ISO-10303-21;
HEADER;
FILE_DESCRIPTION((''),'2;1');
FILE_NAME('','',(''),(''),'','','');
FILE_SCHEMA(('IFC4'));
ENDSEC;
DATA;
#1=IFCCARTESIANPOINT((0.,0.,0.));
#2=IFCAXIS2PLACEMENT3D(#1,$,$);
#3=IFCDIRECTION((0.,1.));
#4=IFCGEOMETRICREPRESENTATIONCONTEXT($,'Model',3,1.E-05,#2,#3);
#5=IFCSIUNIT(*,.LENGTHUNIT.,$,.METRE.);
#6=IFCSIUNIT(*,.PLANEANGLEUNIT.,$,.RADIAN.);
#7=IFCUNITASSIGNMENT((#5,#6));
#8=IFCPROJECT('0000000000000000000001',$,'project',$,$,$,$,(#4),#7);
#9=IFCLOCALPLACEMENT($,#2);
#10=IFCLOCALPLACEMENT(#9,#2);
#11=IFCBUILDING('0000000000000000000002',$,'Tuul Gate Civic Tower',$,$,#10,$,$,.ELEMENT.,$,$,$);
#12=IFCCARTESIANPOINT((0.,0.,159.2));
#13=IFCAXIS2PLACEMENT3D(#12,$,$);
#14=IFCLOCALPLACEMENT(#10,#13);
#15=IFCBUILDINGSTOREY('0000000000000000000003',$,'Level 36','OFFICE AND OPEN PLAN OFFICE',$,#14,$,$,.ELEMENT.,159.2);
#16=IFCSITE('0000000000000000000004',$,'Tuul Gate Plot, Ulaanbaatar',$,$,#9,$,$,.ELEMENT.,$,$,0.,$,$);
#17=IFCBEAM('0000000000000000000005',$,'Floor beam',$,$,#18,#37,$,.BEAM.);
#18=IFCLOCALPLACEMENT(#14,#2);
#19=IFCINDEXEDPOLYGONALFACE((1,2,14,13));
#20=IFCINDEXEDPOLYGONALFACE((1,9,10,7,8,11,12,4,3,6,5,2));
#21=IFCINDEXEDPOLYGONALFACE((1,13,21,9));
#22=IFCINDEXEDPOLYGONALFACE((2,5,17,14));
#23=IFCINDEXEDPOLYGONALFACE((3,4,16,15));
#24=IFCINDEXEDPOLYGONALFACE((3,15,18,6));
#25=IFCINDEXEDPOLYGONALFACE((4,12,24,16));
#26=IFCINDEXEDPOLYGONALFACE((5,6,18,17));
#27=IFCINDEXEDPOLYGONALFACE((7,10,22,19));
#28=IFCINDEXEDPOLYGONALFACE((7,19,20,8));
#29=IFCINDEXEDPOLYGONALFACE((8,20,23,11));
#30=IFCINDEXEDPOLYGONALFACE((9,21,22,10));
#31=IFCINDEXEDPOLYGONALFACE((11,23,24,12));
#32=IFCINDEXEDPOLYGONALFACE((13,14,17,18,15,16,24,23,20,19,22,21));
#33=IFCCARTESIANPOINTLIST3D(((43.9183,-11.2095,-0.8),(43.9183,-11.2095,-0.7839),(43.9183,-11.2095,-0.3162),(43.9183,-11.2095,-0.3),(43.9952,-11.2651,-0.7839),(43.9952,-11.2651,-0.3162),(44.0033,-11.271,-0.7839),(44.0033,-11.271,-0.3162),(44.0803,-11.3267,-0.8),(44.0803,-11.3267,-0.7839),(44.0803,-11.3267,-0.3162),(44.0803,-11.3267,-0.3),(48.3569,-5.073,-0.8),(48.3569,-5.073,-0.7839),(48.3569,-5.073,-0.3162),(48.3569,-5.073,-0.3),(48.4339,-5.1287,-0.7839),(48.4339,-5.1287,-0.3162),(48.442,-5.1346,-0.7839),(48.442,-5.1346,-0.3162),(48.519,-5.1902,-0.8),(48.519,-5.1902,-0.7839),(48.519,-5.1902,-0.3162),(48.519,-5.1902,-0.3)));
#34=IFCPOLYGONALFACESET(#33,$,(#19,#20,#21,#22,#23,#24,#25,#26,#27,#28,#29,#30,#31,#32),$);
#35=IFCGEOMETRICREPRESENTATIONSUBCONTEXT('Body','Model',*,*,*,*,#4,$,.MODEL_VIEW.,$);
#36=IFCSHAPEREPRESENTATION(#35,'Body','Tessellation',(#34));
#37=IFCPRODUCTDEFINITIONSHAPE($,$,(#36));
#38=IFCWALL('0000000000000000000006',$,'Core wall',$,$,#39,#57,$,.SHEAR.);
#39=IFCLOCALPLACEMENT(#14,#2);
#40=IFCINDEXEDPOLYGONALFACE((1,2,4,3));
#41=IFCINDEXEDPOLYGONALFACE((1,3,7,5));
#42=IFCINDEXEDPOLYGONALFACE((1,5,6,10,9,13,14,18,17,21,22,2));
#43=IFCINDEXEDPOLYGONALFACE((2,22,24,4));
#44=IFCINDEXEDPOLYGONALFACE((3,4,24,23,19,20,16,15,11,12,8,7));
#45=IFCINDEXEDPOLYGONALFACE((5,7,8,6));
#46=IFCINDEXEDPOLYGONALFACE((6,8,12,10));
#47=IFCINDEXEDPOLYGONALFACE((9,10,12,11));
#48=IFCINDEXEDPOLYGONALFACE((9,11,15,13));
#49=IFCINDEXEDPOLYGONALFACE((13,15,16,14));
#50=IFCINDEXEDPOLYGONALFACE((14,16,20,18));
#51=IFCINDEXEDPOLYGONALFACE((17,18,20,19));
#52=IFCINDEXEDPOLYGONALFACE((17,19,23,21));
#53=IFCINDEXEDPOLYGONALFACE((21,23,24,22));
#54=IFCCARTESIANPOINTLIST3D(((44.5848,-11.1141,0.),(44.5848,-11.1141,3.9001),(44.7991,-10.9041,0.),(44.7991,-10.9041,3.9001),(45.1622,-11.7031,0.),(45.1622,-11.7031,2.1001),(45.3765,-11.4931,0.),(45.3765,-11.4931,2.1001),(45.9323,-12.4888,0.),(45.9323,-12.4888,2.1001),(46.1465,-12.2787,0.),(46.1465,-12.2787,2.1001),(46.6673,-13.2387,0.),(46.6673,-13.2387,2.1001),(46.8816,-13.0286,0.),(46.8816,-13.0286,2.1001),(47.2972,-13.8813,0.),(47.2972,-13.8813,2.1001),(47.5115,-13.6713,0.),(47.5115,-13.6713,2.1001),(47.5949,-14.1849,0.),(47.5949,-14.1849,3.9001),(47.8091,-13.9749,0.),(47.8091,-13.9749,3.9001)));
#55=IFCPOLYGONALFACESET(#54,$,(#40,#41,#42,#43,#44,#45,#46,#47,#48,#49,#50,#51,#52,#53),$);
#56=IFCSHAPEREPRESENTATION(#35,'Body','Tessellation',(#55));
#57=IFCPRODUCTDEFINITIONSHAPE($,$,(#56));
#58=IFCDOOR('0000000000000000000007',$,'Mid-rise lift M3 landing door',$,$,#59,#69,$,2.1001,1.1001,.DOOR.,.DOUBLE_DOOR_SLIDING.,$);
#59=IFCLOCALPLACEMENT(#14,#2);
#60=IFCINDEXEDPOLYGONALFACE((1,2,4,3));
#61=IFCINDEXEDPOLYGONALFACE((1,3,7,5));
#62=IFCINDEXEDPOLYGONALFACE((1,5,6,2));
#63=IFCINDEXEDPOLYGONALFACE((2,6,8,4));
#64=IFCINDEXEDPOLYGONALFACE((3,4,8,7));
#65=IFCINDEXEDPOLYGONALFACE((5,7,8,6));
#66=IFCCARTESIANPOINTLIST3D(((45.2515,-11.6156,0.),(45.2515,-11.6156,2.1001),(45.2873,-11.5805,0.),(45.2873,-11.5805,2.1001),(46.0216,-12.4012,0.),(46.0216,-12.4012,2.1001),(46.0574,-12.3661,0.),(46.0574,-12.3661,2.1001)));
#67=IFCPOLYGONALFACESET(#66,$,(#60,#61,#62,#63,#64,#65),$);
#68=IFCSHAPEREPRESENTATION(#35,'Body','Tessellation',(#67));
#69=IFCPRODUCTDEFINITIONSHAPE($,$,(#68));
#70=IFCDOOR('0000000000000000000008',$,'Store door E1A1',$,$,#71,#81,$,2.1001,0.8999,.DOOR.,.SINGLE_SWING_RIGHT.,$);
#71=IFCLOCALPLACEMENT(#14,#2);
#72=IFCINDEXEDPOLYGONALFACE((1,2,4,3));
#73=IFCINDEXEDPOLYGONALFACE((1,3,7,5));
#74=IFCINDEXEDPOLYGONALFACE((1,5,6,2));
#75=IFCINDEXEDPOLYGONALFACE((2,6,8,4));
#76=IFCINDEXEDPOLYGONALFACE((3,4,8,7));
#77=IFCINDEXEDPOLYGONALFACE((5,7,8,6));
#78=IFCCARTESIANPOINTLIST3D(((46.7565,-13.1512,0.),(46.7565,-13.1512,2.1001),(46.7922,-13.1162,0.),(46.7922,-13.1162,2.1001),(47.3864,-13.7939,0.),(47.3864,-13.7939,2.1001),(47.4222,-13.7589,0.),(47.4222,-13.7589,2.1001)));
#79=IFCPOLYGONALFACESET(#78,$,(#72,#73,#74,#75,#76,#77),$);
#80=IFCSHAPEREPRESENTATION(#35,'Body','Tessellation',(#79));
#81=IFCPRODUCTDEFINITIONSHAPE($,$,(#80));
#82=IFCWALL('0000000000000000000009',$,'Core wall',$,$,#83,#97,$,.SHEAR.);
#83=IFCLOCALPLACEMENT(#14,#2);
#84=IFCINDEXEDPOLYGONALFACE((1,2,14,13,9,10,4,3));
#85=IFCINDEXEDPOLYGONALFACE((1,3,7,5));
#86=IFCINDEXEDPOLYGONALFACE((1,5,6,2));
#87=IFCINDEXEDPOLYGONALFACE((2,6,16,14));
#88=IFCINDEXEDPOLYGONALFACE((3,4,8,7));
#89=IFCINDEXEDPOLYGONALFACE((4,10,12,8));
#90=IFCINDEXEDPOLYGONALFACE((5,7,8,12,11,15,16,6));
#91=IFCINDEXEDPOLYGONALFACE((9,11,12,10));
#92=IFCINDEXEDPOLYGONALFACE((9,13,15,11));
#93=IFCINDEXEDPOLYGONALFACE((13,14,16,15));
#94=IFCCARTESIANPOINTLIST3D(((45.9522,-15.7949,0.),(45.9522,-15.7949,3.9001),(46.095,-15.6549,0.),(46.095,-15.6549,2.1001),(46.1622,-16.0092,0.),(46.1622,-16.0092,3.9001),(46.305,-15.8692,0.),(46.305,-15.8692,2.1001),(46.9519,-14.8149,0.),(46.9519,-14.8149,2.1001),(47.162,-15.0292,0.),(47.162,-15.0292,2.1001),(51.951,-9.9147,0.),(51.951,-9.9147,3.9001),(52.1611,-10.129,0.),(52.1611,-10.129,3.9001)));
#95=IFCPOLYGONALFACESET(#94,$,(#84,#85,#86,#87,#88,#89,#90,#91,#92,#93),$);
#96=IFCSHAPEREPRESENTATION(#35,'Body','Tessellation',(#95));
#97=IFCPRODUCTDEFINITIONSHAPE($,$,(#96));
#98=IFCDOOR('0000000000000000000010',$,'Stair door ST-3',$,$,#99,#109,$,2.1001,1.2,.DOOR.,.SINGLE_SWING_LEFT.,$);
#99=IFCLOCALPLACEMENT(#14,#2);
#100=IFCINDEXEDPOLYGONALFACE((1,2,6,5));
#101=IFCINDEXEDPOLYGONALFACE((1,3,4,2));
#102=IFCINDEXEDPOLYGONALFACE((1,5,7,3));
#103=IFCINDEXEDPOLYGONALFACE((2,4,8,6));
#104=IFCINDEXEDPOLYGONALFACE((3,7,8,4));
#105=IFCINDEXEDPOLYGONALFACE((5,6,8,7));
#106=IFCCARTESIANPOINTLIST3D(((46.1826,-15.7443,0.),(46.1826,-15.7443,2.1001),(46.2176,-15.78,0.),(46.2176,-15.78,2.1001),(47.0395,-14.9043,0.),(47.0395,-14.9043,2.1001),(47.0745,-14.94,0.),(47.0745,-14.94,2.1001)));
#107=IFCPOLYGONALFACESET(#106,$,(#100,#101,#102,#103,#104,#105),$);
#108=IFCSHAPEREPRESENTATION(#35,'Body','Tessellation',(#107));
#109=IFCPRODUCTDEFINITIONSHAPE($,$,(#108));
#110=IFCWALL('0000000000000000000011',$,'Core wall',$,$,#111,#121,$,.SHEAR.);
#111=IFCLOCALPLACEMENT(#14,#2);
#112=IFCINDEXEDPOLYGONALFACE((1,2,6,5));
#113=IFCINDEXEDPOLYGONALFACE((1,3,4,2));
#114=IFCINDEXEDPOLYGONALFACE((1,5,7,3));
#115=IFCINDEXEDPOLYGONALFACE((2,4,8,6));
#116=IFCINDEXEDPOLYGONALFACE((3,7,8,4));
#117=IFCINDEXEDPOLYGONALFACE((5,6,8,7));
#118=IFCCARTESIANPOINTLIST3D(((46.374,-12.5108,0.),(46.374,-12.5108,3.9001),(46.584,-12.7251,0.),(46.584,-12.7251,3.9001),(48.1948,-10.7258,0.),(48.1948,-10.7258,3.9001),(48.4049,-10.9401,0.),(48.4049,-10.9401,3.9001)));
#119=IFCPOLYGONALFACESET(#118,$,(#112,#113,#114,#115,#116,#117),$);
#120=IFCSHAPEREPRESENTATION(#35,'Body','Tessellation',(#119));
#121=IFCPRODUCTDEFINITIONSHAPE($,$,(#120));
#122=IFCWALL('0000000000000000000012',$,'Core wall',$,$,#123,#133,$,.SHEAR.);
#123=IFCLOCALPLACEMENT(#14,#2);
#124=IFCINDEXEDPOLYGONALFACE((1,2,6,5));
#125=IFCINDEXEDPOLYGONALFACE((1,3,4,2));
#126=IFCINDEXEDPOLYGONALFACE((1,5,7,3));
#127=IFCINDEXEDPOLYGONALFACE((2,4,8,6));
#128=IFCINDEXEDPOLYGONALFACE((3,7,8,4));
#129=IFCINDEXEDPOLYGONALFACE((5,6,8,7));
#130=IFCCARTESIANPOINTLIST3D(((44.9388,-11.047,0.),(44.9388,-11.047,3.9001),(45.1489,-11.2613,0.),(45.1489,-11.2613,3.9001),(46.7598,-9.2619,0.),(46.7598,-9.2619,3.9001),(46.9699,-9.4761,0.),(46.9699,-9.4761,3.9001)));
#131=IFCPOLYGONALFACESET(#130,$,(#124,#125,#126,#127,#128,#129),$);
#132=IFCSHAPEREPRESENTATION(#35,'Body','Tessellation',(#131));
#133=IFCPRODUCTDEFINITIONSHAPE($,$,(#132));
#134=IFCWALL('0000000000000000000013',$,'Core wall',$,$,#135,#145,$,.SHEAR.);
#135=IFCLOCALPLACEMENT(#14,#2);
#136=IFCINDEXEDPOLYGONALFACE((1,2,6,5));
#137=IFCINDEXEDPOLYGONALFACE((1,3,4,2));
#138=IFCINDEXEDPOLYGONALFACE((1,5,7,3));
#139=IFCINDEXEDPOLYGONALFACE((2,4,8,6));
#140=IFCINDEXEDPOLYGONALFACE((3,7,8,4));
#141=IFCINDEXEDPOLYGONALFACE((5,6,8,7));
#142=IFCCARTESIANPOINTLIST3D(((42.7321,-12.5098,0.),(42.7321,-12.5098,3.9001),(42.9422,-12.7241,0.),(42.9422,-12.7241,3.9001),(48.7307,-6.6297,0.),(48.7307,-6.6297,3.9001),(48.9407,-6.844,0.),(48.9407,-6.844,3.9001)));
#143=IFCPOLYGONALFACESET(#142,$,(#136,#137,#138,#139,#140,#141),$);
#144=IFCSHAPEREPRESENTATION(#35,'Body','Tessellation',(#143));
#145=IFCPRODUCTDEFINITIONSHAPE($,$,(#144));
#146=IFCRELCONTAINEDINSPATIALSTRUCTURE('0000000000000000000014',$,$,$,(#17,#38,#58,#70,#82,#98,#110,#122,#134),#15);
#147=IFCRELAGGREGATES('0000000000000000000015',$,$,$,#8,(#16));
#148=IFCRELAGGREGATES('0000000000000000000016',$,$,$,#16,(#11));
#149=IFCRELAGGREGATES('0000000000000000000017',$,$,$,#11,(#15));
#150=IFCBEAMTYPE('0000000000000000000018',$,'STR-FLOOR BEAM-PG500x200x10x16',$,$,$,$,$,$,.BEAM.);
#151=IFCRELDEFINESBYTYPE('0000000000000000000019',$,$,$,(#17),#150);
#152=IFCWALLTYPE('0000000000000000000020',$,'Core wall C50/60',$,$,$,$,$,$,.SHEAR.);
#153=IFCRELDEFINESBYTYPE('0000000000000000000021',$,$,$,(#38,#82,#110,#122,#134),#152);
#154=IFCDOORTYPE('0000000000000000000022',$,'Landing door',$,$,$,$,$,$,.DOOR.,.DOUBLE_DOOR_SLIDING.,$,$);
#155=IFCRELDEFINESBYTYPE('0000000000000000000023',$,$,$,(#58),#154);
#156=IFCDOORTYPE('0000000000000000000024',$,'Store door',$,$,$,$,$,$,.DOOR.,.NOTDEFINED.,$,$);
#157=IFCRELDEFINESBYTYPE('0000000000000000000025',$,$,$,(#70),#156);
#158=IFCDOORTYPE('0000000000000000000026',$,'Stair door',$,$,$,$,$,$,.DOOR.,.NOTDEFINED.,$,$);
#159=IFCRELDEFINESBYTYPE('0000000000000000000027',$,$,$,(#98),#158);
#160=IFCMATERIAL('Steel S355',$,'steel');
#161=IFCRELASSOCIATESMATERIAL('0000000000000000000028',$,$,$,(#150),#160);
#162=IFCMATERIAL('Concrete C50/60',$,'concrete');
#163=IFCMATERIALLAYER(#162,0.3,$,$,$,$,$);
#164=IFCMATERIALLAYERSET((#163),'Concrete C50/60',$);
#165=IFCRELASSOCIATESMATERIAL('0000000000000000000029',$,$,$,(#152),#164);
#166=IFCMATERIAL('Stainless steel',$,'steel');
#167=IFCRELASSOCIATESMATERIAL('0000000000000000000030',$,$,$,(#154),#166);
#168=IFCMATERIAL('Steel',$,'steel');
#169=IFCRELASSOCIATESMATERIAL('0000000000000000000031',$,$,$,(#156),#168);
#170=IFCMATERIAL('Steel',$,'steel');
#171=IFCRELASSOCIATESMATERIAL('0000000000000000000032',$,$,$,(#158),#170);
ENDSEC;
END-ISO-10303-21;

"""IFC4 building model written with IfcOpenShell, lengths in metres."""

from ifc_helpers import new_model, si_unit, direction, frame, frame_2d, origin, origin_2d, place, context, subcontext, project, spatial, rectangle, i_section, extrude, material, layer, layer_set, material_profile, profile_set, type_object, element, fill, save


model = new_model("IFC4")

# Units and contexts
model_context = context("Model", 3, precision=1e-05, world=origin(), true_north=direction((0.0, 1.0)))
body_context = subcontext(model_context, "Body", "Model", "MODEL_VIEW")
ifc_project = project(units=[si_unit("LENGTHUNIT", "METRE"), si_unit("PLANEANGLEUNIT", "RADIAN")], contexts=[model_context])

# Site, building, storey
site_placement = place(None, origin())
site = spatial("IfcSite", under=ifc_project, at=site_placement, Name="Tuul Gate Plot, Ulaanbaatar", CompositionType="ELEMENT", RefElevation=0.0)
building_placement = place(site_placement, origin())
building = spatial("IfcBuilding", under=site, at=building_placement, Name="Tuul Gate Civic Tower", CompositionType="ELEMENT")
storey_placement = place(building_placement, frame((0.0, 0.0, 159.2)))
storey = spatial("IfcBuildingStorey", under=building, at=storey_placement, Name="Level 36", Description="OFFICE AND OPEN PLAN OFFICE", CompositionType="ELEMENT", Elevation=159.2)

# Beam
ifc_material_1 = material(Name="Steel S355", Category="steel")
ifc_material_profile = material_profile(ifc_material_1, i_section(OverallWidth=0.2, OverallDepth=0.5, WebThickness=0.01, FlangeThickness=0.0161, at=origin_2d()), Name="PG500x200x10x16")
ifc_profile_set = profile_set([ifc_material_profile], Name="Steel S355")
beam_type = type_object("IfcBeamType", Name="STR-FLOOR BEAM-PG500x200x10x16", PredefinedType="BEAM", material=ifc_profile_set)
beam_placement = place(storey_placement, frame((43.9993, -11.2681, -0.55), z_axis=(0.586082, 0.810251, 0.0), x_axis=(-0.810251, 0.586082, 0.0)))
element("IfcBeam", 1, at=beam_placement, inside=storey, type_object=beam_type, Name="Floor beam", PredefinedType="BEAM", context=body_context, shape_type="SweptSolid", body=[
    extrude(i_section(OverallWidth=0.2, OverallDepth=0.5, WebThickness=0.01, FlangeThickness=0.0161, at=origin_2d()), origin(), (0.0, 0.0, 1.0), 7.5735),
])

# Wall, openings, doors
ifc_material_2 = material(Name="Concrete C50/60", Category="concrete")
ifc_layer_1 = layer(ifc_material_2, 0.3)
ifc_layer_set_1 = layer_set([ifc_layer_1], Name="Concrete C50/60")
wall_type_1 = type_object("IfcWallType", Name="Core wall C50/60", PredefinedType="SHEAR", material=ifc_layer_set_1)
wall_1_placement = place(storey_placement, frame((47.7019, -14.0798, 0.0), z_axis=(0.0, 0.0, 1.0), x_axis=(-0.700003, 0.71414, 0.0)))
wall_1 = element("IfcWall", 2, at=wall_1_placement, inside=storey, type_object=wall_type_1, Name="Core wall", PredefinedType="SHEAR", context=body_context, shape_type="SweptSolid", body=[
    extrude(rectangle(XDim=4.3, YDim=0.3, at=frame_2d((2.1499, 0.0))), origin(), (0.0, 0.0, 1.0), 3.9001),
])
opening_1_placement = place(wall_1_placement, frame((0.425, 0.0, 0.0)))
opening_1 = element("IfcOpeningElement", 3, at=opening_1_placement, cuts=wall_1, PredefinedType="OPENING", context=body_context, shape_type="SweptSolid", body=[
    extrude(rectangle(XDim=0.8999, YDim=2.1001, at=frame_2d((0.45, 1.05))), frame((0.0, 0.1602, 0.0), z_axis=(0.0, -1.0, 0.0), x_axis=(1.0, 0.0, 0.0)), (0.0, 0.0, 1.0), 0.3201),
])
opening_2_placement = place(wall_1_placement, frame((2.375, 0.0, 0.0)))
opening_2 = element("IfcOpeningElement", 4, at=opening_2_placement, cuts=wall_1, PredefinedType="OPENING", context=body_context, shape_type="SweptSolid", body=[
    extrude(rectangle(XDim=1.1001, YDim=2.1001, at=frame_2d((0.55, 1.05))), frame((0.0, 0.1602, 0.0), z_axis=(0.0, -1.0, 0.0), x_axis=(1.0, 0.0, 0.0)), (0.0, 0.0, 1.0), 0.3201),
])
ifc_material_3 = material(Name="Stainless steel", Category="steel")
door_type_1 = type_object("IfcDoorType", Name="Landing door", OperationType="DOUBLE_DOOR_SLIDING", PredefinedType="DOOR", material=ifc_material_3)
door_1_placement = place(opening_2_placement, origin())
door_1 = element("IfcDoor", 5, at=door_1_placement, inside=storey, type_object=door_type_1, Name="Mid-rise lift M3 landing door", OperationType="DOUBLE_DOOR_SLIDING", OverallHeight=2.1001, OverallWidth=1.1001, PredefinedType="DOOR", context=body_context, shape_type="SweptSolid", body=[
    extrude(rectangle(XDim=1.1001, YDim=2.1001, at=frame_2d((0.55, 1.05))), frame((0.0, 0.0249, 0.0), z_axis=(0.0, -1.0, 0.0), x_axis=(1.0, 0.0, 0.0)), (0.0, 0.0, 1.0), 0.05),
])
fill(opening_2, door_1)
ifc_material_4 = material(Name="Steel", Category="steel")
door_type_2 = type_object("IfcDoorType", Name="Store door", OperationType="NOTDEFINED", PredefinedType="DOOR", material=ifc_material_4)
door_2_placement = place(opening_1_placement, frame((0.8999, 0.0, 0.0), z_axis=(0.0, 0.0, 1.0), x_axis=(-1.0, 0.0, 0.0)))
door_2 = element("IfcDoor", 6, at=door_2_placement, inside=storey, type_object=door_type_2, Name="Store door E1A1", OperationType="SINGLE_SWING_RIGHT", OverallHeight=2.1001, OverallWidth=0.8999, PredefinedType="DOOR", context=body_context, shape_type="SweptSolid", body=[
    extrude(rectangle(XDim=0.8999, YDim=2.1001, at=frame_2d((0.45, 1.05))), frame((0.0, 0.0249, 0.0), z_axis=(0.0, -1.0, 0.0), x_axis=(1.0, 0.0, 0.0)), (0.0, 0.0, 1.0), 0.05),
])
fill(opening_1, door_2)

# Wall, opening, door
wall_2_placement = place(storey_placement, frame((46.0571, -15.9021, 0.0), z_axis=(0.0, 0.0, 1.0), x_axis=(0.714134, 0.700009, 0.0)))
wall_2 = element("IfcWall", 7, at=wall_2_placement, inside=storey, type_object=wall_type_1, Name="Core wall", PredefinedType="SHEAR", context=body_context, shape_type="SweptSolid", body=[
    extrude(rectangle(XDim=8.4001, YDim=0.3, at=frame_2d((4.2002, 0.0))), origin(), (0.0, 0.0, 1.0), 3.9001),
])
opening_3_placement = place(wall_2_placement, frame((0.2, 0.0, 0.0)))
opening_3 = element("IfcOpeningElement", 8, at=opening_3_placement, cuts=wall_2, PredefinedType="OPENING", context=body_context, shape_type="SweptSolid", body=[
    extrude(rectangle(XDim=1.2, YDim=2.1001, at=frame_2d((0.6001, 1.05))), frame((0.0, 0.1602, 0.0), z_axis=(0.0, -1.0, 0.0), x_axis=(1.0, 0.0, 0.0)), (0.0, 0.0, 1.0), 0.3201),
])
ifc_material_5 = material(Name="Steel", Category="steel")
door_type_3 = type_object("IfcDoorType", Name="Stair door", OperationType="NOTDEFINED", PredefinedType="DOOR", material=ifc_material_5)
door_3_placement = place(opening_3_placement, origin())
door_3 = element("IfcDoor", 9, at=door_3_placement, inside=storey, type_object=door_type_3, Name="Stair door ST-3", OperationType="SINGLE_SWING_LEFT", OverallHeight=2.1001, OverallWidth=1.2, PredefinedType="DOOR", context=body_context, shape_type="SweptSolid", body=[
    extrude(rectangle(XDim=1.2, YDim=2.1001, at=frame_2d((0.6001, 1.05))), frame((0.0, 0.0249, 0.0), z_axis=(0.0, -1.0, 0.0), x_axis=(1.0, 0.0, 0.0)), (0.0, 0.0, 1.0), 0.05),
])
fill(opening_3, door_3)

# Walls
wall_3_placement = place(storey_placement, frame((46.479, -12.6179, 0.0), z_axis=(0.0, 0.0, 1.0), x_axis=(0.714109, 0.700034, 0.0)))
element("IfcWall", 10, at=wall_3_placement, inside=storey, type_object=wall_type_1, Name="Core wall", PredefinedType="SHEAR", context=body_context, shape_type="SweptSolid", body=[
    extrude(rectangle(XDim=2.5498, YDim=0.3, at=frame_2d((1.2749, 0.0))), origin(), (0.0, 0.0, 1.0), 3.9001),
])
wall_4_placement = place(storey_placement, frame((45.0439, -11.1541, 0.0), z_axis=(0.0, 0.0, 1.0), x_axis=(0.714108, 0.700035, 0.0)))
element("IfcWall", 11, at=wall_4_placement, inside=storey, type_object=wall_type_1, Name="Core wall", PredefinedType="SHEAR", context=body_context, shape_type="SweptSolid", body=[
    extrude(rectangle(XDim=2.55, YDim=0.3, at=frame_2d((1.2749, 0.0))), origin(), (0.0, 0.0, 1.0), 3.9001),
])
wall_5_placement = place(storey_placement, frame((42.8372, -12.6169, 0.0), z_axis=(0.0, 0.0, 1.0), x_axis=(0.71412, 0.700023, 0.0)))
element("IfcWall", 12, at=wall_5_placement, inside=storey, type_object=wall_type_1, Name="Core wall", PredefinedType="SHEAR", context=body_context, shape_type="SweptSolid", body=[
    extrude(rectangle(XDim=8.3999, YDim=0.3, at=frame_2d((4.2, 0.0))), origin(), (0.0, 0.0, 1.0), 3.9001),
])

save(model, "model.ifc")
